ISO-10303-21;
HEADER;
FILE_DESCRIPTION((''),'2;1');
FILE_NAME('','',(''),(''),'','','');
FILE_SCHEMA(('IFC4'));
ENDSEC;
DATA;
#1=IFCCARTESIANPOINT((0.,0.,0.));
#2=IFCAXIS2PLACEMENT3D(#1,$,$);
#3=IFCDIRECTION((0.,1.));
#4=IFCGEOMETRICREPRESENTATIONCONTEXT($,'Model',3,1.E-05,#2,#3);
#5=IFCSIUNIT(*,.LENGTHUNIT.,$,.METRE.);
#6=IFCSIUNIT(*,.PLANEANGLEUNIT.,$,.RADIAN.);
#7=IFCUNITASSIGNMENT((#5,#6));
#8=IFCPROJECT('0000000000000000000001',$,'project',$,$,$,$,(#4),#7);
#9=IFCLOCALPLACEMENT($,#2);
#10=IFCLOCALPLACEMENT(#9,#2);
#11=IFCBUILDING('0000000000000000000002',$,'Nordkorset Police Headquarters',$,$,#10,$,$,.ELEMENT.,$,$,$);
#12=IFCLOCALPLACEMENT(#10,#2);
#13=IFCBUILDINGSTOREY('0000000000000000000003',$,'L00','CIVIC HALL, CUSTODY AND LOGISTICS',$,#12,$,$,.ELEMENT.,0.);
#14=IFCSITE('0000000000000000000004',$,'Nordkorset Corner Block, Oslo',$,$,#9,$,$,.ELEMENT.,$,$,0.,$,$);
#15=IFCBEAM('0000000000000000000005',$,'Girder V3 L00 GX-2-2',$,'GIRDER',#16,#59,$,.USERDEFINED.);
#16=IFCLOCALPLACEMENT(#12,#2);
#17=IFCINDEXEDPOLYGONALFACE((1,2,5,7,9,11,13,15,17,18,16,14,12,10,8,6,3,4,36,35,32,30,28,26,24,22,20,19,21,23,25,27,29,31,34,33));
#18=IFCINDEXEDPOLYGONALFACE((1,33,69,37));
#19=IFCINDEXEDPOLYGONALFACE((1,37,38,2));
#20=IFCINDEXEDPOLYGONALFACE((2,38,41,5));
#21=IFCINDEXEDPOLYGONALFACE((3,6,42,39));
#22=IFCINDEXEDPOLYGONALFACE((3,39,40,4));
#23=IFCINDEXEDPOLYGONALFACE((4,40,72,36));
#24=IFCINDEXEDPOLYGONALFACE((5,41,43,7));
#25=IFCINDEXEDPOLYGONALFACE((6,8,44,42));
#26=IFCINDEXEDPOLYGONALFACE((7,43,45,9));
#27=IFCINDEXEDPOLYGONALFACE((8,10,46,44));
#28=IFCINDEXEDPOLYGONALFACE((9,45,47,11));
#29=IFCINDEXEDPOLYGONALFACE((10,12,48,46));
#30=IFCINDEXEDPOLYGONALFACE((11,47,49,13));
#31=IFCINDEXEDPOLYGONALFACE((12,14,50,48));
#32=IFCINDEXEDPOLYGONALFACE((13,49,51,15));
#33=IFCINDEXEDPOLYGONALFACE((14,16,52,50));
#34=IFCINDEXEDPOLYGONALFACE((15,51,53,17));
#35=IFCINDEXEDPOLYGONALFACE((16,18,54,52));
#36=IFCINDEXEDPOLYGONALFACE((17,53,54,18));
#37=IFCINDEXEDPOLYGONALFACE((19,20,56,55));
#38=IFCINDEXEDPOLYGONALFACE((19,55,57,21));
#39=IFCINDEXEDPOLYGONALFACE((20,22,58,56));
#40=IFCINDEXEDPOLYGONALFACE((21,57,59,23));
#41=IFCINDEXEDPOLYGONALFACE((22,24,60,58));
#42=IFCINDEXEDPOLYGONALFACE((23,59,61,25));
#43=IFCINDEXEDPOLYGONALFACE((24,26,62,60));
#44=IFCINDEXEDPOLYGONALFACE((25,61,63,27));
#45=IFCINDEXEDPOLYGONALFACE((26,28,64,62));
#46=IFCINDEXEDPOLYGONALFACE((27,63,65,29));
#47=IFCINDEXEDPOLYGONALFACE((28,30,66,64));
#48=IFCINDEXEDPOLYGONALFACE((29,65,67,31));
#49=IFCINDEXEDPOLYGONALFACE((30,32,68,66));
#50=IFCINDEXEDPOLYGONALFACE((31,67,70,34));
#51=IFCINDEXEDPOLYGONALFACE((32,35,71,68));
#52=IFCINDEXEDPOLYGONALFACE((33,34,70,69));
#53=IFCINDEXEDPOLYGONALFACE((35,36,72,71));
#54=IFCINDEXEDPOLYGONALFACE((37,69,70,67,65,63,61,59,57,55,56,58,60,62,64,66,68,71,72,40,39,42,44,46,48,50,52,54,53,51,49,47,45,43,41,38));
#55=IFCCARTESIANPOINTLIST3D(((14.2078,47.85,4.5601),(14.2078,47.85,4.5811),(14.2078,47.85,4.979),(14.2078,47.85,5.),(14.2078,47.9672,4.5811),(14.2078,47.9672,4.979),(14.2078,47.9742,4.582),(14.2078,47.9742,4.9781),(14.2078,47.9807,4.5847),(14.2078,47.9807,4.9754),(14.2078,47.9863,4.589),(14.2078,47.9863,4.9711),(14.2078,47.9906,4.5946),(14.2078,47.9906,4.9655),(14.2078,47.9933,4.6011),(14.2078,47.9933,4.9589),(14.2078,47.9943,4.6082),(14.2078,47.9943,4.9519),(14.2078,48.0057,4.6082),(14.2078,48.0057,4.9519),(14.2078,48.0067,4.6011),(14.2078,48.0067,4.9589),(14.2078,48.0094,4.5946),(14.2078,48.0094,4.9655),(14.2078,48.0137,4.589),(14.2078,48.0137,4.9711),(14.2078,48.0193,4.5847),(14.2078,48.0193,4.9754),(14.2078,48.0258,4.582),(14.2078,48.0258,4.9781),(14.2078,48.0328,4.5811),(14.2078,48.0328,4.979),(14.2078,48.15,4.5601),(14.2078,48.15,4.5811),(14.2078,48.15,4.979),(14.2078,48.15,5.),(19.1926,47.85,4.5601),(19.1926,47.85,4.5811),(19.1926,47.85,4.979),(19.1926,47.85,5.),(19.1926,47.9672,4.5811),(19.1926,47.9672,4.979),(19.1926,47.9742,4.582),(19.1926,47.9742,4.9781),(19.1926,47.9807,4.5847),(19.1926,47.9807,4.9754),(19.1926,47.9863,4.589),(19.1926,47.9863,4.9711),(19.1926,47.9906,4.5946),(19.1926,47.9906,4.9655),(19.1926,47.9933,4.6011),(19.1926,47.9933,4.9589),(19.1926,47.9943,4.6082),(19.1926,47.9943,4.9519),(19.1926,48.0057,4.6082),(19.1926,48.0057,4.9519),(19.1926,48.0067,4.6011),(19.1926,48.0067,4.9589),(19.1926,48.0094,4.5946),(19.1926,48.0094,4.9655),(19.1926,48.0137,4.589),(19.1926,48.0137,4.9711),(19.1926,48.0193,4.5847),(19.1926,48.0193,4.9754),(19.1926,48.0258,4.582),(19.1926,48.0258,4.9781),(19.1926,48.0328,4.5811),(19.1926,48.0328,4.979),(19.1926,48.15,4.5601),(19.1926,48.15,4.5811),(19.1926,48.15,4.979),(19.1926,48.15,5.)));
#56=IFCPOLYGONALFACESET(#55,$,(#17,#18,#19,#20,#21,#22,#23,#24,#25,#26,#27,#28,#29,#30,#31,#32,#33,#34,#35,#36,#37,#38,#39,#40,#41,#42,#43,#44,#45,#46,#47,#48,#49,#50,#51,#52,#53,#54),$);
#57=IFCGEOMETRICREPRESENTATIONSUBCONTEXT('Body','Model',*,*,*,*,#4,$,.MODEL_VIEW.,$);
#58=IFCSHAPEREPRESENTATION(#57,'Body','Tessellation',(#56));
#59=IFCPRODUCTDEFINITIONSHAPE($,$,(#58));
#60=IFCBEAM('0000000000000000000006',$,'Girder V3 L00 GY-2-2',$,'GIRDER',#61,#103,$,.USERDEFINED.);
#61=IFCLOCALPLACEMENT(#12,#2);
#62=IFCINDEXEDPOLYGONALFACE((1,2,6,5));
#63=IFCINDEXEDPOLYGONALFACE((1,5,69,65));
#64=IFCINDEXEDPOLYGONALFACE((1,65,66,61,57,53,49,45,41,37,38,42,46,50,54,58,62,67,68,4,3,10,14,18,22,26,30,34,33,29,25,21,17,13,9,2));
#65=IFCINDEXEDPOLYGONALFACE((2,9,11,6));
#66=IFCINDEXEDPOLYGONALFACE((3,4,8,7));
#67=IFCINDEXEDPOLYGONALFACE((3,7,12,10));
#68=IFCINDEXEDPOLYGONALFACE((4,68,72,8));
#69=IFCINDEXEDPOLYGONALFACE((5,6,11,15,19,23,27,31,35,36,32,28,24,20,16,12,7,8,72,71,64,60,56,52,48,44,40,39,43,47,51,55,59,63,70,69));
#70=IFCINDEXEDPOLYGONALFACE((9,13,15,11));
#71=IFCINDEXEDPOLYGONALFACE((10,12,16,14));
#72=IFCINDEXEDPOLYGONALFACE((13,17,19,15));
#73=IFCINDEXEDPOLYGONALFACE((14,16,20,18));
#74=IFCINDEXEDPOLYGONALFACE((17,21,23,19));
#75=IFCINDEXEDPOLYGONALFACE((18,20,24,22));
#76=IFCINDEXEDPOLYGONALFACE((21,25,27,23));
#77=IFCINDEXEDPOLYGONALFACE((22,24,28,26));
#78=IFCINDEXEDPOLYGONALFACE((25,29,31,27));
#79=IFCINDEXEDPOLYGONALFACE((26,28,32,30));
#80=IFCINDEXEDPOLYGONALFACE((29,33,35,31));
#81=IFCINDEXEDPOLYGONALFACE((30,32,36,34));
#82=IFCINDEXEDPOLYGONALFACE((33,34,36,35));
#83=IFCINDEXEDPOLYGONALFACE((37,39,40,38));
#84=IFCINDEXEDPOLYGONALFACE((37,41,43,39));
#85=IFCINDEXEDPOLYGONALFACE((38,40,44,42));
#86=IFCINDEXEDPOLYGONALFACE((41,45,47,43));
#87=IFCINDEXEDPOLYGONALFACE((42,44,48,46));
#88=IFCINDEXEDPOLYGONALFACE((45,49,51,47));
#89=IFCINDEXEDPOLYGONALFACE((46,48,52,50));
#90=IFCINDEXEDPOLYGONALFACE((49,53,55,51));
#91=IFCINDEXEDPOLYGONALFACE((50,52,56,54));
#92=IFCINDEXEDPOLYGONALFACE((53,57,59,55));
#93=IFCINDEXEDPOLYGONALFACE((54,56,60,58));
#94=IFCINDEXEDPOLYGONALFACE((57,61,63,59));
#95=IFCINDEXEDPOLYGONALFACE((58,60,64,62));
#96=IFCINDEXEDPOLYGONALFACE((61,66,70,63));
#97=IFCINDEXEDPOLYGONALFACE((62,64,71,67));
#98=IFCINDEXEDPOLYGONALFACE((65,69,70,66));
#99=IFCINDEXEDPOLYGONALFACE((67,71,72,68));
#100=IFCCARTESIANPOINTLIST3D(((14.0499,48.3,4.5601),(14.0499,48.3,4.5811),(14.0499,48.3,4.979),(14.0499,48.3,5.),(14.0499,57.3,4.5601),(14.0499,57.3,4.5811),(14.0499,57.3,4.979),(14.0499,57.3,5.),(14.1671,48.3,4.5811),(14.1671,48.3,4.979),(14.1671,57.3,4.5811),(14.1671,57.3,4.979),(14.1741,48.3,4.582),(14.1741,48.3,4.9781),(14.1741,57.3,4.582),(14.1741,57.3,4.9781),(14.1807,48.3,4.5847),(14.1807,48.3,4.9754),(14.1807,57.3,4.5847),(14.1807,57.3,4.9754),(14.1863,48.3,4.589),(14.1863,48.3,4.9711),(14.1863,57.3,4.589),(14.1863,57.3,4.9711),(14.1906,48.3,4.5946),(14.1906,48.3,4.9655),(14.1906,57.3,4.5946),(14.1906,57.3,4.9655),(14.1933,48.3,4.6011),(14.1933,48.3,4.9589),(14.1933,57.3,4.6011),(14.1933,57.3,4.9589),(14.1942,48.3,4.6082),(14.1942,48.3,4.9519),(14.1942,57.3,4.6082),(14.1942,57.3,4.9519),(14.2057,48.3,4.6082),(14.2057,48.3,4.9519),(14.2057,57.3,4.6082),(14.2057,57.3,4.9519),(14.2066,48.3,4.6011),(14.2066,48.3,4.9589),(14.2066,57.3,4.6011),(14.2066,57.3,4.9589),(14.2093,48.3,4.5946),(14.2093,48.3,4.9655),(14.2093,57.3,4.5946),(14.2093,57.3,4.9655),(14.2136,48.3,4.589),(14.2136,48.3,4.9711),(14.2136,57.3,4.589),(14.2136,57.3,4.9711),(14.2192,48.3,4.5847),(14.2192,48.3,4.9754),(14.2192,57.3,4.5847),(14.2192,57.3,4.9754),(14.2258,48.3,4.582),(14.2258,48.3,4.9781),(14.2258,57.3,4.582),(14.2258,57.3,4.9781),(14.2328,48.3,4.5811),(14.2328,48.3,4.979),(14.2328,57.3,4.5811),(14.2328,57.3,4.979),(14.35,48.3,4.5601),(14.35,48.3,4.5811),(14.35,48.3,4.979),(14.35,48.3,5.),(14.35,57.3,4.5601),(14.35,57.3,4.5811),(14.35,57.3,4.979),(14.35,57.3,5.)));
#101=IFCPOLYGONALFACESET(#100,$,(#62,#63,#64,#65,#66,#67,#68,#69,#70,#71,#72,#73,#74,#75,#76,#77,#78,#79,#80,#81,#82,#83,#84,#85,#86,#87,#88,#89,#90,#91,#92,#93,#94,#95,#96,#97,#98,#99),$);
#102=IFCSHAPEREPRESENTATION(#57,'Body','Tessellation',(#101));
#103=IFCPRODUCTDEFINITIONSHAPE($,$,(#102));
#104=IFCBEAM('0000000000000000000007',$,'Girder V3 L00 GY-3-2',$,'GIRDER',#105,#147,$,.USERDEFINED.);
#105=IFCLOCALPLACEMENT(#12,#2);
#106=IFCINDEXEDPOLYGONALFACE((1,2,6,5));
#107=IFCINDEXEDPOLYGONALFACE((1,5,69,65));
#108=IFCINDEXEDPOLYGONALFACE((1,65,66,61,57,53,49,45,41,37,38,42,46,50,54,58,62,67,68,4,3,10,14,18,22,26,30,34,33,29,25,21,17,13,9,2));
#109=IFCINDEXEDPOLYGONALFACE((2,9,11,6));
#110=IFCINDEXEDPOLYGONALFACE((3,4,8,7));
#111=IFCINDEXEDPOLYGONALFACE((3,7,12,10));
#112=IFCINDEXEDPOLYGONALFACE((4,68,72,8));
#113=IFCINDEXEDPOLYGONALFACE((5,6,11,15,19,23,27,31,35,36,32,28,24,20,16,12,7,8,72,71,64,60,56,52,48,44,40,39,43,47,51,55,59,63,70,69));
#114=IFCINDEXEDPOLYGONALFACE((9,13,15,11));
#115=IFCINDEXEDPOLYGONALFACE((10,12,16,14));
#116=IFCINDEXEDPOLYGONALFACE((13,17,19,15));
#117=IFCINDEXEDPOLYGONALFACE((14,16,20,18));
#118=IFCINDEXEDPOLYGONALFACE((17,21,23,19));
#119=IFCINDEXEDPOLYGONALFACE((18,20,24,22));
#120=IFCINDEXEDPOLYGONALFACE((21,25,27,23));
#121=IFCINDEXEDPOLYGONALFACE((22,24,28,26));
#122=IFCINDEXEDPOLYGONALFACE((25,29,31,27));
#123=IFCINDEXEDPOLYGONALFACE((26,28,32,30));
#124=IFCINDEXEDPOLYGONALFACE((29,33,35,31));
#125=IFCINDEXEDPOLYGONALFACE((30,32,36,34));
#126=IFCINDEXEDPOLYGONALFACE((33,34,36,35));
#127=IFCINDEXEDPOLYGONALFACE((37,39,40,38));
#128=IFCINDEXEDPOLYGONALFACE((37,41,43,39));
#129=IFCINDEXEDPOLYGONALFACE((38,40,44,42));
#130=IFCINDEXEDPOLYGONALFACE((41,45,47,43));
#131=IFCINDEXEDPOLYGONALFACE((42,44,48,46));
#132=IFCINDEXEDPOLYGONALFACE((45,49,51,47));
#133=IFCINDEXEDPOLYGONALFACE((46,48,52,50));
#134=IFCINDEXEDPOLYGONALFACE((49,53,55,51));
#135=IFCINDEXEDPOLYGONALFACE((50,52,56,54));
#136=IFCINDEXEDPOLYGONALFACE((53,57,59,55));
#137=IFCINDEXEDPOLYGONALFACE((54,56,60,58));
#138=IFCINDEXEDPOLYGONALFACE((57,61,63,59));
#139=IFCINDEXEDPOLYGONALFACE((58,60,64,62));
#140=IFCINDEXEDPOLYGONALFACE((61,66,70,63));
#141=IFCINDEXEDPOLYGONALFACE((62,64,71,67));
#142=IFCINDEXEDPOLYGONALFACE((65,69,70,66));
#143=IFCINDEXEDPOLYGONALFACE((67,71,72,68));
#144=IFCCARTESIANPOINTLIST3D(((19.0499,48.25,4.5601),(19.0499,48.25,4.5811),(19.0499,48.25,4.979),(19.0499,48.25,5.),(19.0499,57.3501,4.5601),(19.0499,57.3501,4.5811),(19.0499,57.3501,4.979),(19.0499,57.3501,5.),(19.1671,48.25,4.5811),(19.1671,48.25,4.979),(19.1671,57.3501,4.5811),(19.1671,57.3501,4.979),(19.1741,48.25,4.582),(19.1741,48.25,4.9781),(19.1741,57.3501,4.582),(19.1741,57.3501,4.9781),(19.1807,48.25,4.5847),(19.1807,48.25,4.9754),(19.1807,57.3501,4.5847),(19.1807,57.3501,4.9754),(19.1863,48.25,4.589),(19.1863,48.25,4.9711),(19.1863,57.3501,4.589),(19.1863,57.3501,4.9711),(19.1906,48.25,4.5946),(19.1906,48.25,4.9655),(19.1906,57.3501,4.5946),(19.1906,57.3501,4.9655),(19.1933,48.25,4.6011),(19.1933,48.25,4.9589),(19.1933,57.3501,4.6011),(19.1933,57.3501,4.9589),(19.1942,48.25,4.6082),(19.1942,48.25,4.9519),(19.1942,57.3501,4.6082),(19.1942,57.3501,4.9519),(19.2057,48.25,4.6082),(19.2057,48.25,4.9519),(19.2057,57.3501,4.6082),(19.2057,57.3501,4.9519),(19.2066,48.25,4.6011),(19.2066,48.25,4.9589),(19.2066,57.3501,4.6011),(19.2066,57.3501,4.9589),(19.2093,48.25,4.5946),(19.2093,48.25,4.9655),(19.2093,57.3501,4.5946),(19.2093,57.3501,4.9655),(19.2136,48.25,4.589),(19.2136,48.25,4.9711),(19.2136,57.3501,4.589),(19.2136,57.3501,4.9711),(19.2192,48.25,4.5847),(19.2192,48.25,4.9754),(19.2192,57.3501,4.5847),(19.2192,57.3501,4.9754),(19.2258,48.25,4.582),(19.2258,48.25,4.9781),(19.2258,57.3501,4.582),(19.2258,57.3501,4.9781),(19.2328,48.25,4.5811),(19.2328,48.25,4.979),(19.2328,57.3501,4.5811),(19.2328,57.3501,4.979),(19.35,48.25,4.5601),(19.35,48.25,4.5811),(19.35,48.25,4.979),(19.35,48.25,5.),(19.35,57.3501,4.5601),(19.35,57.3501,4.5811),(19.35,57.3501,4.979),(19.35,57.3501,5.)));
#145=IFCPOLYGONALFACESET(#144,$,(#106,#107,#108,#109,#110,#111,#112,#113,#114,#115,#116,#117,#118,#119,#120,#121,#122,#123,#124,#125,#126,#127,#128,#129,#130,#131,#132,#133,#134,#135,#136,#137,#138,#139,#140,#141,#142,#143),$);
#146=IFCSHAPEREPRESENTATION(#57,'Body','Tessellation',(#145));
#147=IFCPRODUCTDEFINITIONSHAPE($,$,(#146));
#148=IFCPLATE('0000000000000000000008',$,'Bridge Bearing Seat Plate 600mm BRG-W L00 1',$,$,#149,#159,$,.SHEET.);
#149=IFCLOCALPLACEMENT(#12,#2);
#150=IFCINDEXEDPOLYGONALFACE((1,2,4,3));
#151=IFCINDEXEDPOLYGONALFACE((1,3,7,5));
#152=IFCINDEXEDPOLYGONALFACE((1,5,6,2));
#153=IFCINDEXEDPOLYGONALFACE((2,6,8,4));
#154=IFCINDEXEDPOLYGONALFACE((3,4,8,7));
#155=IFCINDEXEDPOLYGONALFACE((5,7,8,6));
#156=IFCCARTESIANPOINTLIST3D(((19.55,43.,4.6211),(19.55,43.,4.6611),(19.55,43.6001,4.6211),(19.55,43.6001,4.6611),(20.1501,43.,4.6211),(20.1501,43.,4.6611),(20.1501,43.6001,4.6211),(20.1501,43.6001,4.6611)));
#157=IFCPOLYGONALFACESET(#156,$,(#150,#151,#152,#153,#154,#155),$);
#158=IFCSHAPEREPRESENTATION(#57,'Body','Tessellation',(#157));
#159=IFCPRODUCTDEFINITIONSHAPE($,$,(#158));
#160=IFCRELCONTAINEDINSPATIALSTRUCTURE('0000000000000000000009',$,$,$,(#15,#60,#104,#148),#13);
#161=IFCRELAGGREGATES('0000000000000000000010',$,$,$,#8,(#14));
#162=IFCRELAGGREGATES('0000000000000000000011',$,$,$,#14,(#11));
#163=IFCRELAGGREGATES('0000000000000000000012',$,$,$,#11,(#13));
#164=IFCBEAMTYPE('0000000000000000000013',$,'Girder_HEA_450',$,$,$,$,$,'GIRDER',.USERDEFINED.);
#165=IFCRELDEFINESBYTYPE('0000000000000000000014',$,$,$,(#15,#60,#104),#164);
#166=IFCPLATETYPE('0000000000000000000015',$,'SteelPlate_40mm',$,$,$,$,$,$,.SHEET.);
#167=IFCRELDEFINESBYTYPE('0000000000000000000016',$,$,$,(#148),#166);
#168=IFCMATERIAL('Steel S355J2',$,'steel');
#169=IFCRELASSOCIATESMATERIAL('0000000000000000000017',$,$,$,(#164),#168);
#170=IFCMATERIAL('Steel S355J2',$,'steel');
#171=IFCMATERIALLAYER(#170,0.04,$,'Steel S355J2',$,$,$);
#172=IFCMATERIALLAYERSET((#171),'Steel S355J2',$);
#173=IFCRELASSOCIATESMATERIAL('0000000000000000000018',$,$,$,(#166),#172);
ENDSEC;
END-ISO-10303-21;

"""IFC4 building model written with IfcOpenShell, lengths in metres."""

from ifc_helpers import new_model, si_unit, direction, frame, origin, origin_2d, place, context, subcontext, project, spatial, rectangle, i_section, extrude, material, layer, layer_set, material_profile, profile_set, type_object, element, save


model = new_model("IFC4")

# Units and contexts
model_context = context("Model", 3, precision=1e-05, world=origin(), true_north=direction((0.0, 1.0)))
body_context = subcontext(model_context, "Body", "Model", "MODEL_VIEW")
ifc_project = project(units=[si_unit("LENGTHUNIT", "METRE"), si_unit("PLANEANGLEUNIT", "RADIAN")], contexts=[model_context])

# Site, building, storey
site_placement = place(None, origin())
site = spatial("IfcSite", under=ifc_project, at=site_placement, Name="Nordkorset Corner Block, Oslo", CompositionType="ELEMENT", RefElevation=0.0)
building_placement = place(site_placement, origin())
building = spatial("IfcBuilding", under=site, at=building_placement, Name="Nordkorset Police Headquarters", CompositionType="ELEMENT")
storey_placement = place(building_placement, origin())
storey = spatial("IfcBuildingStorey", under=building, at=storey_placement, Name="L00", Description="CIVIC HALL, CUSTODY AND LOGISTICS", CompositionType="ELEMENT", Elevation=0.0)

# Beams
ifc_material_1 = material(Name="Steel S355J2", Category="steel")
ifc_material_profile_1 = material_profile(ifc_material_1, i_section(OverallWidth=0.3, OverallDepth=0.4399, WebThickness=0.0115, FlangeThickness=0.021, FilletRadius=0.0271, at=origin_2d()), Name="HEA 450")
ifc_profile_set_1 = profile_set([ifc_material_profile_1], Name="Steel S355J2")
beam_type_1 = type_object("IfcBeamType", Name="Girder_HEA_450", ElementType="GIRDER", PredefinedType="USERDEFINED", material=ifc_profile_set_1)
beam_1_placement = place(storey_placement, frame((14.2078, 48.0, 4.78), z_axis=(1.0, 0.0, 0.0), x_axis=(0.0, 1.0, 0.0)))
element("IfcBeam", 1, at=beam_1_placement, inside=storey, type_object=beam_type_1, Name="Girder V3 L00 GX-2-2", ObjectType="GIRDER", PredefinedType="USERDEFINED", context=body_context, shape_type="SweptSolid", body=[
    extrude(i_section(OverallWidth=0.3, OverallDepth=0.4399, WebThickness=0.0115, FlangeThickness=0.021, FilletRadius=0.0271, at=origin_2d()), origin(), (0.0, 0.0, 1.0), 4.9849),
])
beam_2_placement = place(storey_placement, frame((14.2, 48.3, 4.78), z_axis=(0.0, 1.0, 0.0), x_axis=(-1.0, 0.0, 0.0)))
element("IfcBeam", 2, at=beam_2_placement, inside=storey, type_object=beam_type_1, Name="Girder V3 L00 GY-2-2", ObjectType="GIRDER", PredefinedType="USERDEFINED", context=body_context, shape_type="SweptSolid", body=[
    extrude(i_section(OverallWidth=0.3, OverallDepth=0.4399, WebThickness=0.0115, FlangeThickness=0.021, FilletRadius=0.0271, at=origin_2d()), origin(), (0.0, 0.0, 1.0), 9.0),
])
beam_3_placement = place(storey_placement, frame((19.2, 48.25, 4.78), z_axis=(0.0, 1.0, 0.0), x_axis=(-1.0, 0.0, 0.0)))
element("IfcBeam", 3, at=beam_3_placement, inside=storey, type_object=beam_type_1, Name="Girder V3 L00 GY-3-2", ObjectType="GIRDER", PredefinedType="USERDEFINED", context=body_context, shape_type="SweptSolid", body=[
    extrude(i_section(OverallWidth=0.3, OverallDepth=0.4399, WebThickness=0.0115, FlangeThickness=0.021, FilletRadius=0.0271, at=origin_2d()), origin(), (0.0, 0.0, 1.0), 9.1001),
])

# Plate
ifc_material_2 = material(Name="Steel S355J2", Category="steel")
ifc_layer_1 = layer(ifc_material_2, 0.04, Name="Steel S355J2")
ifc_layer_set_1 = layer_set([ifc_layer_1], Name="Steel S355J2")
plate_type = type_object("IfcPlateType", Name="SteelPlate_40mm", PredefinedType="SHEET", material=ifc_layer_set_1)
plate_placement = place(storey_placement, frame((19.8501, 43.3, 4.6211), z_axis=(0.0, 0.0, 1.0), x_axis=(1.0, 0.0, 0.0)))
element("IfcPlate", 4, at=plate_placement, inside=storey, type_object=plate_type, Name="Bridge Bearing Seat Plate 600mm BRG-W L00 1", PredefinedType="SHEET", context=body_context, shape_type="SweptSolid", body=[
    extrude(rectangle(XDim=0.6001, YDim=0.6001, at=origin_2d()), origin(), (0.0, 0.0, 1.0), 0.04),
])

save(model, "model.ifc")
